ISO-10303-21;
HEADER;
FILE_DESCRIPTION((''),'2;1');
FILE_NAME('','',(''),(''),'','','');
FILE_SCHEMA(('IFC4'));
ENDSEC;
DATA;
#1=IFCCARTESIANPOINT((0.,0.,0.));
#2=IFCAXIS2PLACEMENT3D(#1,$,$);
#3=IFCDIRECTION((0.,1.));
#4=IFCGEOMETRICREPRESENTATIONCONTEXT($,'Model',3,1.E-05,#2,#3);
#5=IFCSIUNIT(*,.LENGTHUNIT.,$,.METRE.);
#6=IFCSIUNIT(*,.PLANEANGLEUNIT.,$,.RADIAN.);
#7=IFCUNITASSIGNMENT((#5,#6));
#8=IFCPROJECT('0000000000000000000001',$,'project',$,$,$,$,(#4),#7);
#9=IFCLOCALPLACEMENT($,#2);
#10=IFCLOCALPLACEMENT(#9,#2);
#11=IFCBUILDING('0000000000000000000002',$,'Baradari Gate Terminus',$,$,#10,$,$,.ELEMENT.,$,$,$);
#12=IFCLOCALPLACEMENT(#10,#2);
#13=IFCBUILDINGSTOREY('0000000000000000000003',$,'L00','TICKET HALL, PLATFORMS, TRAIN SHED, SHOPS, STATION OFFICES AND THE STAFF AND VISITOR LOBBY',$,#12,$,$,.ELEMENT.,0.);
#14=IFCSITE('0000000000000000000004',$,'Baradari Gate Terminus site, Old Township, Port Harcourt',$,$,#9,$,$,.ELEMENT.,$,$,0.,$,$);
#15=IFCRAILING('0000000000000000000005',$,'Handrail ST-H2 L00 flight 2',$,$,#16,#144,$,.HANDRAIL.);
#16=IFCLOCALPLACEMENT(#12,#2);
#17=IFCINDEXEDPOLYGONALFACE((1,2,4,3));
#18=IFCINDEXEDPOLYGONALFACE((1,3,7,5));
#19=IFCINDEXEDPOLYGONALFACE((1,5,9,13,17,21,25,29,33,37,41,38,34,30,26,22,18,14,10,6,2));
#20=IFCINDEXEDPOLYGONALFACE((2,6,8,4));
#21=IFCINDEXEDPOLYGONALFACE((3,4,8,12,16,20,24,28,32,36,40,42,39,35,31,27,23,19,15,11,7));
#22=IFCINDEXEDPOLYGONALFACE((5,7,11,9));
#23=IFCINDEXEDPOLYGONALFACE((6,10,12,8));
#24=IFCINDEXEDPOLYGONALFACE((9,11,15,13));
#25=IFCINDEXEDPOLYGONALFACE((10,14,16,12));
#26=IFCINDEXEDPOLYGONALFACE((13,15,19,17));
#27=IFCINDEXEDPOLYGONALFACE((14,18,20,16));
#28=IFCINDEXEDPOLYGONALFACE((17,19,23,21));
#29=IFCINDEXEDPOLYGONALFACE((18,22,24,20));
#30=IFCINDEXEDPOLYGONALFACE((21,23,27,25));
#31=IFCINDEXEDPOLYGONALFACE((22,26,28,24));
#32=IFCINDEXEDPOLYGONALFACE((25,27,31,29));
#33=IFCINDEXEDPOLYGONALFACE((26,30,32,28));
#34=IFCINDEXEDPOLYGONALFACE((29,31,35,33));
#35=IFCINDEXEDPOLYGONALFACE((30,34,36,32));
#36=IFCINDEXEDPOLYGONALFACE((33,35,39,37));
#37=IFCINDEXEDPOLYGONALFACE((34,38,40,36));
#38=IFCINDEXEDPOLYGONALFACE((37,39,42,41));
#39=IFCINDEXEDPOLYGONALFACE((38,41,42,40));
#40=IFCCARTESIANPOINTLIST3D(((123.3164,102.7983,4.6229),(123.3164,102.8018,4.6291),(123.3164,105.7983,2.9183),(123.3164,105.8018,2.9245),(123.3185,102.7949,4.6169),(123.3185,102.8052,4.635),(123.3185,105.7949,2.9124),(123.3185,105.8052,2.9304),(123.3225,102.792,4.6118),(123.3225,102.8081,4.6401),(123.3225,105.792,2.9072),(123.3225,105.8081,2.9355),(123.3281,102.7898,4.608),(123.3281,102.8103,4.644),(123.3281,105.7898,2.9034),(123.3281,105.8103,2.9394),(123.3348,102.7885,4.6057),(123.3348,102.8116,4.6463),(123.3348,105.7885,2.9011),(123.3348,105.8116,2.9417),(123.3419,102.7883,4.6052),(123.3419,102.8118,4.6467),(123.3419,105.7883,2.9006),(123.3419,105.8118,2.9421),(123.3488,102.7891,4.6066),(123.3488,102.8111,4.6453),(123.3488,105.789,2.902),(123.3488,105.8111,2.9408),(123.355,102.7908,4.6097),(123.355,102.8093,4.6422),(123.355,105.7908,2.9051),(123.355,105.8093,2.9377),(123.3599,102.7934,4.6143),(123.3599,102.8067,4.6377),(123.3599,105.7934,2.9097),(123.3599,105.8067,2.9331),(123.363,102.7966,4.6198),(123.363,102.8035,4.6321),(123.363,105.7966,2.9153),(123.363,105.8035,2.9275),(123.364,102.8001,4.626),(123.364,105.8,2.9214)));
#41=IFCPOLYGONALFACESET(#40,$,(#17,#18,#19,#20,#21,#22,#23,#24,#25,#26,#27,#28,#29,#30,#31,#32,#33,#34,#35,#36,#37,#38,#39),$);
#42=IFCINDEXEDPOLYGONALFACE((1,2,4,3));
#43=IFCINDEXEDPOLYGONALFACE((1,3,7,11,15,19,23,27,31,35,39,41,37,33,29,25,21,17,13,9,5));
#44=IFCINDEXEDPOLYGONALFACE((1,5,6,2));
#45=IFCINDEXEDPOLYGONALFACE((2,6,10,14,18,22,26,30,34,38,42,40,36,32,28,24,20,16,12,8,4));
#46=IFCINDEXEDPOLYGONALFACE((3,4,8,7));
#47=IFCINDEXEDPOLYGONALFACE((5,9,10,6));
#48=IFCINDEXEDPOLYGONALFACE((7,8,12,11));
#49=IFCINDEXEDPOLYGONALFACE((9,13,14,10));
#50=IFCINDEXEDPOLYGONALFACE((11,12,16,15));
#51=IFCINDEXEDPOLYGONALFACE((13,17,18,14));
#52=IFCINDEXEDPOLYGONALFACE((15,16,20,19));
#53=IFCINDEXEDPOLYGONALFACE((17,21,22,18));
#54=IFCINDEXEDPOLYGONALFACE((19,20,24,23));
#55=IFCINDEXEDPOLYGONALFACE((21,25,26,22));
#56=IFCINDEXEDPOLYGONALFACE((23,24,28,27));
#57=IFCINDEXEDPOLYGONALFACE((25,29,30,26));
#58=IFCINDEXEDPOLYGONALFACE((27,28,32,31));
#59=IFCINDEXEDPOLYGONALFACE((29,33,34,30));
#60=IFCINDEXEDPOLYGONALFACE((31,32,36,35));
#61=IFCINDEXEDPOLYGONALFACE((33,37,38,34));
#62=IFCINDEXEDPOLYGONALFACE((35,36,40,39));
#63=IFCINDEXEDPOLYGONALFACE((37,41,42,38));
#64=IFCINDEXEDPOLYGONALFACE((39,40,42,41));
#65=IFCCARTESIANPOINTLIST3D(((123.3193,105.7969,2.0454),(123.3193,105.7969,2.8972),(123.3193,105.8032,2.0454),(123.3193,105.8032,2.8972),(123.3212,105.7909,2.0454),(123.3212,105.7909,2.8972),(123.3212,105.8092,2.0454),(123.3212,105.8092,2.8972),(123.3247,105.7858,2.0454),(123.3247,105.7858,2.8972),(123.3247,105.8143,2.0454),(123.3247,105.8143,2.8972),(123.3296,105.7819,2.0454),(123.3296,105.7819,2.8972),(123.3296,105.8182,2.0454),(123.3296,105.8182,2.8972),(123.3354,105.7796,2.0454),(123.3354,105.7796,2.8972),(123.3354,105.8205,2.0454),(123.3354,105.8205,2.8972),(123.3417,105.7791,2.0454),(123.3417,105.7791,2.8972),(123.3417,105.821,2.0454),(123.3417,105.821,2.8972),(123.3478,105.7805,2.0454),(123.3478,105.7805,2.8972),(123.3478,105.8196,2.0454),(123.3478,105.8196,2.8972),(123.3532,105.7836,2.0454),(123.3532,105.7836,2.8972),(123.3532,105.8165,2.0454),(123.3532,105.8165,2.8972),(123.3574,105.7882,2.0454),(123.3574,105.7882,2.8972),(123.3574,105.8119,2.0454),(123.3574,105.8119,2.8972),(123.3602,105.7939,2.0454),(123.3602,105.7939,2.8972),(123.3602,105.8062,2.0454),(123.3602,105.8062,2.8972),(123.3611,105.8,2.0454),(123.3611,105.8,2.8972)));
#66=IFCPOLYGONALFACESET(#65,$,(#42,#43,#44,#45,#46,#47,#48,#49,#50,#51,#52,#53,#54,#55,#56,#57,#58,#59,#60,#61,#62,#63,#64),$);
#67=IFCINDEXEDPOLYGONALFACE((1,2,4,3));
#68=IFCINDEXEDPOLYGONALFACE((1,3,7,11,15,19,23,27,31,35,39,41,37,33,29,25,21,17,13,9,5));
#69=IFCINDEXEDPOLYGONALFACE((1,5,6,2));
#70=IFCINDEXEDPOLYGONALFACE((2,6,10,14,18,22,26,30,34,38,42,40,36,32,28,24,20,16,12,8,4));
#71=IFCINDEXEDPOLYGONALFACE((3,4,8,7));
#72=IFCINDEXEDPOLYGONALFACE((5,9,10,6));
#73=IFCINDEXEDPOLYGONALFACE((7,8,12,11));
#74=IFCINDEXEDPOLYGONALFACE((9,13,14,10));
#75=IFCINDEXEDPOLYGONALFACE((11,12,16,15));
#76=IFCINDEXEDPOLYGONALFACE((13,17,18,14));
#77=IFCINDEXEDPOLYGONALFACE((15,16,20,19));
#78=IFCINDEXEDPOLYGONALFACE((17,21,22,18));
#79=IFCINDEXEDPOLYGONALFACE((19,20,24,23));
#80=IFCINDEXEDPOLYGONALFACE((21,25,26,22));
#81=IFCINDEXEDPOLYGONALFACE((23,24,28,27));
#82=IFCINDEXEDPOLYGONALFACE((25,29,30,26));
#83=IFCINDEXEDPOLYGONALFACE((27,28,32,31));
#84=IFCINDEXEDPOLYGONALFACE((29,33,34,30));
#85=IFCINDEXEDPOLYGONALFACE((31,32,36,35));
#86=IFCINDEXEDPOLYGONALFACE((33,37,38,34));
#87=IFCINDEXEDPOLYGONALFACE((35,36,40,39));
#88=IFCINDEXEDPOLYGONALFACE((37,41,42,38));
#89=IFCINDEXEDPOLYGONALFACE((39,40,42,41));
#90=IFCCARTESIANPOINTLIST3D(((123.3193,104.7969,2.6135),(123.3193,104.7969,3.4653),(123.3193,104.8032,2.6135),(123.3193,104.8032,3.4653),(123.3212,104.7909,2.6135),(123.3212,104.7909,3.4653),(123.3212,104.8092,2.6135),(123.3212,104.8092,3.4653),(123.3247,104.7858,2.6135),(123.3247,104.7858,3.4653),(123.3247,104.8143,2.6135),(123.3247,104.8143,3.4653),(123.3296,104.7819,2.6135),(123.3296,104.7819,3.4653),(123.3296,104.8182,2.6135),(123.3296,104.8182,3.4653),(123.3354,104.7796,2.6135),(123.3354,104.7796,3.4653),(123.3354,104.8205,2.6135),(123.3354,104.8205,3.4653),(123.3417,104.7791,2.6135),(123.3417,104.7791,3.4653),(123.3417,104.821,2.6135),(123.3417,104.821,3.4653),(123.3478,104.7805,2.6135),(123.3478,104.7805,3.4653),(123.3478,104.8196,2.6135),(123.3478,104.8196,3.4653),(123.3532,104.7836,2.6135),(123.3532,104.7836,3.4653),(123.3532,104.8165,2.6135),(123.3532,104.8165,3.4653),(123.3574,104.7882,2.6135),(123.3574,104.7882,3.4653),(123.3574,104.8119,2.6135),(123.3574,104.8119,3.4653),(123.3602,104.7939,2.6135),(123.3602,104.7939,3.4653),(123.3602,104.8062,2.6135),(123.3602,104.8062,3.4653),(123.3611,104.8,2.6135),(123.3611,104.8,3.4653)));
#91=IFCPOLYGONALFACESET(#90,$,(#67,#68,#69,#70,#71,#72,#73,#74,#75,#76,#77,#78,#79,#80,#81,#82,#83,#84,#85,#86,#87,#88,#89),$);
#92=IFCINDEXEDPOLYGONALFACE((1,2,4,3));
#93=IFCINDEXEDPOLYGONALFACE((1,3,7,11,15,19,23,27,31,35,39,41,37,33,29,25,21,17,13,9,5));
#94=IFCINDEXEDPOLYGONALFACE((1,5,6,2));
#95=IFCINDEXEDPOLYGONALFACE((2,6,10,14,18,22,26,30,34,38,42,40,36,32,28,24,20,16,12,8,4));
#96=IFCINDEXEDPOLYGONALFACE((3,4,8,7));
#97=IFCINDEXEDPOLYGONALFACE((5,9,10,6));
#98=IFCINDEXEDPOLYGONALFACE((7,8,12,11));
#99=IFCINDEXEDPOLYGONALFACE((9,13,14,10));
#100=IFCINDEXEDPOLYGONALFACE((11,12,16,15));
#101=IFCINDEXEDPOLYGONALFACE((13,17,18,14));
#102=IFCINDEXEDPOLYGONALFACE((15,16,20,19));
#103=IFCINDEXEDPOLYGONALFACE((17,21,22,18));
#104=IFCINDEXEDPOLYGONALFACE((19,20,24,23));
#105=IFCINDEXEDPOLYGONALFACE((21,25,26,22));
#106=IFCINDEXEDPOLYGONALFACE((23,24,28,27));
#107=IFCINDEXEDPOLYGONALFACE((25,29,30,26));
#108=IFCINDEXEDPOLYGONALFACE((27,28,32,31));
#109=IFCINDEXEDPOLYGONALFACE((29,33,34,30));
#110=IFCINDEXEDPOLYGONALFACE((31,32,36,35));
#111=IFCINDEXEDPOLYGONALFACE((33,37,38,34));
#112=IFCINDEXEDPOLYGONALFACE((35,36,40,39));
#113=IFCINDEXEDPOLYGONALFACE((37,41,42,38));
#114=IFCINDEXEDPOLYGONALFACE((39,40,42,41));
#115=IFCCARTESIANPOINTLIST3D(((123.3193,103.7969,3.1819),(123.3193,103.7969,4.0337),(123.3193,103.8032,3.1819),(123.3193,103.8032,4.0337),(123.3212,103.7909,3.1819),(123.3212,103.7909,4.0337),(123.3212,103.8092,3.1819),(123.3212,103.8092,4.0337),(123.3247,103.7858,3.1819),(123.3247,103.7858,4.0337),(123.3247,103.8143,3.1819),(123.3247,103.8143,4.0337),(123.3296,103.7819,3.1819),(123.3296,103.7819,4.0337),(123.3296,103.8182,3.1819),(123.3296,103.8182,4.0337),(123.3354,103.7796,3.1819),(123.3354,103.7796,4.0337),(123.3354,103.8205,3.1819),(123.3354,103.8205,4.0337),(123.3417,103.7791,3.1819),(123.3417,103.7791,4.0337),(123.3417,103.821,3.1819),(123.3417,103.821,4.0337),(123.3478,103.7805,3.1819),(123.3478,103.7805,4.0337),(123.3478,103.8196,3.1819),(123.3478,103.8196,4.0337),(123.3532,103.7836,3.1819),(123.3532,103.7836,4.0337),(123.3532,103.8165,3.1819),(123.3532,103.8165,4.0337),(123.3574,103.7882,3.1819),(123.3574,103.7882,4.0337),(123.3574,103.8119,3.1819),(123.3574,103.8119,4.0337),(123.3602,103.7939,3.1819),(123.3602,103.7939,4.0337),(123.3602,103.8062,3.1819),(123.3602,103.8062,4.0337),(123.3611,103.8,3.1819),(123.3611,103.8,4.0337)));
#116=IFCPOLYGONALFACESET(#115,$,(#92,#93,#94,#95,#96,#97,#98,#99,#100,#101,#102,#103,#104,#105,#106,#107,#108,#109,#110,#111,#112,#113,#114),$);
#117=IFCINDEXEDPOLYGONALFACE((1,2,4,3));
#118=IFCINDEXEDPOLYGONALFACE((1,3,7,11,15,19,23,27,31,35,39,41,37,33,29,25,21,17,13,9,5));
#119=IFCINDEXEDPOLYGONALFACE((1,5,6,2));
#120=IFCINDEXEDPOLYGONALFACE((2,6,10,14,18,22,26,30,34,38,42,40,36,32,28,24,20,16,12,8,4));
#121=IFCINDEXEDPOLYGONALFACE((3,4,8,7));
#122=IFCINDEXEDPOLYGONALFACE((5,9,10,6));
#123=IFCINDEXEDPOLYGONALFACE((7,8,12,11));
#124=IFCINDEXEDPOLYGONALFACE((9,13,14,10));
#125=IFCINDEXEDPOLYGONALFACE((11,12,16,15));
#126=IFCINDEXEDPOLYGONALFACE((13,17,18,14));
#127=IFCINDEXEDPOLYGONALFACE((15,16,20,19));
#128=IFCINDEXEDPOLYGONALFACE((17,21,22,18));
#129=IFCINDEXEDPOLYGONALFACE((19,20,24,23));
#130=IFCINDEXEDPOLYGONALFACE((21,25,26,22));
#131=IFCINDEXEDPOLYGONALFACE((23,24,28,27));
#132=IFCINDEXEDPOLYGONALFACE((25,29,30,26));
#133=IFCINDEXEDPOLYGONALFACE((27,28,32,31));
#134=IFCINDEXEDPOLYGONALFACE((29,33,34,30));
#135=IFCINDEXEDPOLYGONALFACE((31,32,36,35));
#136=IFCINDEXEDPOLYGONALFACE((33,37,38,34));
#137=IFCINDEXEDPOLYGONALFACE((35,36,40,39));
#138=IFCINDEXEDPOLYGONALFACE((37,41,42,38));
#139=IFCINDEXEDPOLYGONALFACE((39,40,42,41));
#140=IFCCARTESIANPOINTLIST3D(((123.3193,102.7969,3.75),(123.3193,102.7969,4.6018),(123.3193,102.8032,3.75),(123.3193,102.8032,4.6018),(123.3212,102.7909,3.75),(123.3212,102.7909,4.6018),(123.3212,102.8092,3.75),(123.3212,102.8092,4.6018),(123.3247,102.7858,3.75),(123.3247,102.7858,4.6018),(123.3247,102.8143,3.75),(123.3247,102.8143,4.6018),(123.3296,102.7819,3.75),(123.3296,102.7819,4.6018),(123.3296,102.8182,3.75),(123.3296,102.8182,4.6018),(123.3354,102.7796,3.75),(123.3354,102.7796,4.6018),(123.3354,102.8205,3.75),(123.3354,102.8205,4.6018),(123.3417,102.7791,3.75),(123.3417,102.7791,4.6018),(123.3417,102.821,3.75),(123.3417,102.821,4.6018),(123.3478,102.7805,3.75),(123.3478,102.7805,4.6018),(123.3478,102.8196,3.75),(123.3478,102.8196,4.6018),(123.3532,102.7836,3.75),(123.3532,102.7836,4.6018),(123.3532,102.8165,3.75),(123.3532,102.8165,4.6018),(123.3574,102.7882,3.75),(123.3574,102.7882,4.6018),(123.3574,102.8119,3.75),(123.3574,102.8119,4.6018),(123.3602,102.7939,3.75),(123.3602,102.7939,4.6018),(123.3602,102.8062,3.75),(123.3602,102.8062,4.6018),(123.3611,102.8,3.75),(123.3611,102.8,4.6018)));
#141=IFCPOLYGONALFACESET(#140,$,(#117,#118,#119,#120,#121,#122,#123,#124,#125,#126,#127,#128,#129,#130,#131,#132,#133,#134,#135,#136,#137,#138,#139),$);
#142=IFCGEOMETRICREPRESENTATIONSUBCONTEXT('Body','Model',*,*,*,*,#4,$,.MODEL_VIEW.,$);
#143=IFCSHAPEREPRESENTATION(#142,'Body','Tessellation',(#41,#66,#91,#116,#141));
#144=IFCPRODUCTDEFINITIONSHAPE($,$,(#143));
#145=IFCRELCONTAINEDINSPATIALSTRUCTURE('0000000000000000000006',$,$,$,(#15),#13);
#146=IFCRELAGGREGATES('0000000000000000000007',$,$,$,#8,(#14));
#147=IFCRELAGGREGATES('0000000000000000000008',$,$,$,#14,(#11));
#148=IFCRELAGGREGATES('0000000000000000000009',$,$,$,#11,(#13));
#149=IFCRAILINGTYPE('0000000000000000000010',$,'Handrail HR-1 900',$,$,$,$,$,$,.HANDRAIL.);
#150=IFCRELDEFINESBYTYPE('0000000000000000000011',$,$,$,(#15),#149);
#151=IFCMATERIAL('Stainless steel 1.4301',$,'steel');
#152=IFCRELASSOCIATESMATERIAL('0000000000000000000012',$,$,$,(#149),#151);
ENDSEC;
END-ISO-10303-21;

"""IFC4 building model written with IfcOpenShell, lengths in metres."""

from ifc_helpers import new_model, si_unit, direction, frame, origin, origin_2d, place, context, subcontext, project, spatial, circle, extrude, material, type_object, element, save


model = new_model("IFC4")

# Units and contexts
model_context = context("Model", 3, precision=1e-05, world=origin(), true_north=direction((0.0, 1.0)))
body_context = subcontext(model_context, "Body", "Model", "MODEL_VIEW")
ifc_project = project(units=[si_unit("LENGTHUNIT", "METRE"), si_unit("PLANEANGLEUNIT", "RADIAN")], contexts=[model_context])

# Site, building, storey
site_placement = place(None, origin())
site = spatial("IfcSite", under=ifc_project, at=site_placement, Name="Baradari Gate Terminus site, Old Township, Port Harcourt", CompositionType="ELEMENT", RefElevation=0.0)
building_placement = place(site_placement, origin())
building = spatial("IfcBuilding", under=site, at=building_placement, Name="Baradari Gate Terminus", CompositionType="ELEMENT")
storey_placement = place(building_placement, origin())
storey = spatial("IfcBuildingStorey", under=building, at=storey_placement, Name="L00", Description="TICKET HALL, PLATFORMS, TRAIN SHED, SHOPS, STATION OFFICES AND THE STAFF AND VISITOR LOBBY", CompositionType="ELEMENT", Elevation=0.0)

# Railing
ifc_material_1 = material(Name="Stainless steel 1.4301", Category="steel")
railing_type_1 = type_object("IfcRailingType", Name="Handrail HR-1 900", PredefinedType="HANDRAIL", material=ifc_material_1)
for number, where, name in (
    (1, (123.3401, 105.8, 2.0454), "Handrail ST-H2 L00 flight 2"),
):
    element("IfcRailing", number, at=place(storey_placement, frame(where)), inside=storey, type_object=railing_type_1, Name=name, PredefinedType="HANDRAIL", context=body_context, shape_type="SweptSolid", body=[
        extrude(circle(Radius=0.0239, at=origin_2d()), frame((0.0, 0.0, 0.876), z_axis=(0.0, -0.869451, 0.494019), x_axis=(1.0, 0.0, 0.0)), (0.0, 0.0, 1.0), 3.4504),
        extrude(circle(Radius=0.021, at=origin_2d()), origin(), (0.0, 0.0, 1.0), 0.8518),
        extrude(circle(Radius=0.021, at=origin_2d()), frame((0.0, -1.0, 0.5681)), (0.0, 0.0, 1.0), 0.8518),
        extrude(circle(Radius=0.021, at=origin_2d()), frame((0.0, -2.0, 1.1365)), (0.0, 0.0, 1.0), 0.8518),
        extrude(circle(Radius=0.021, at=origin_2d()), frame((0.0, -3.0, 1.7046)), (0.0, 0.0, 1.0), 0.8518),
    ])

save(model, "model.ifc")
